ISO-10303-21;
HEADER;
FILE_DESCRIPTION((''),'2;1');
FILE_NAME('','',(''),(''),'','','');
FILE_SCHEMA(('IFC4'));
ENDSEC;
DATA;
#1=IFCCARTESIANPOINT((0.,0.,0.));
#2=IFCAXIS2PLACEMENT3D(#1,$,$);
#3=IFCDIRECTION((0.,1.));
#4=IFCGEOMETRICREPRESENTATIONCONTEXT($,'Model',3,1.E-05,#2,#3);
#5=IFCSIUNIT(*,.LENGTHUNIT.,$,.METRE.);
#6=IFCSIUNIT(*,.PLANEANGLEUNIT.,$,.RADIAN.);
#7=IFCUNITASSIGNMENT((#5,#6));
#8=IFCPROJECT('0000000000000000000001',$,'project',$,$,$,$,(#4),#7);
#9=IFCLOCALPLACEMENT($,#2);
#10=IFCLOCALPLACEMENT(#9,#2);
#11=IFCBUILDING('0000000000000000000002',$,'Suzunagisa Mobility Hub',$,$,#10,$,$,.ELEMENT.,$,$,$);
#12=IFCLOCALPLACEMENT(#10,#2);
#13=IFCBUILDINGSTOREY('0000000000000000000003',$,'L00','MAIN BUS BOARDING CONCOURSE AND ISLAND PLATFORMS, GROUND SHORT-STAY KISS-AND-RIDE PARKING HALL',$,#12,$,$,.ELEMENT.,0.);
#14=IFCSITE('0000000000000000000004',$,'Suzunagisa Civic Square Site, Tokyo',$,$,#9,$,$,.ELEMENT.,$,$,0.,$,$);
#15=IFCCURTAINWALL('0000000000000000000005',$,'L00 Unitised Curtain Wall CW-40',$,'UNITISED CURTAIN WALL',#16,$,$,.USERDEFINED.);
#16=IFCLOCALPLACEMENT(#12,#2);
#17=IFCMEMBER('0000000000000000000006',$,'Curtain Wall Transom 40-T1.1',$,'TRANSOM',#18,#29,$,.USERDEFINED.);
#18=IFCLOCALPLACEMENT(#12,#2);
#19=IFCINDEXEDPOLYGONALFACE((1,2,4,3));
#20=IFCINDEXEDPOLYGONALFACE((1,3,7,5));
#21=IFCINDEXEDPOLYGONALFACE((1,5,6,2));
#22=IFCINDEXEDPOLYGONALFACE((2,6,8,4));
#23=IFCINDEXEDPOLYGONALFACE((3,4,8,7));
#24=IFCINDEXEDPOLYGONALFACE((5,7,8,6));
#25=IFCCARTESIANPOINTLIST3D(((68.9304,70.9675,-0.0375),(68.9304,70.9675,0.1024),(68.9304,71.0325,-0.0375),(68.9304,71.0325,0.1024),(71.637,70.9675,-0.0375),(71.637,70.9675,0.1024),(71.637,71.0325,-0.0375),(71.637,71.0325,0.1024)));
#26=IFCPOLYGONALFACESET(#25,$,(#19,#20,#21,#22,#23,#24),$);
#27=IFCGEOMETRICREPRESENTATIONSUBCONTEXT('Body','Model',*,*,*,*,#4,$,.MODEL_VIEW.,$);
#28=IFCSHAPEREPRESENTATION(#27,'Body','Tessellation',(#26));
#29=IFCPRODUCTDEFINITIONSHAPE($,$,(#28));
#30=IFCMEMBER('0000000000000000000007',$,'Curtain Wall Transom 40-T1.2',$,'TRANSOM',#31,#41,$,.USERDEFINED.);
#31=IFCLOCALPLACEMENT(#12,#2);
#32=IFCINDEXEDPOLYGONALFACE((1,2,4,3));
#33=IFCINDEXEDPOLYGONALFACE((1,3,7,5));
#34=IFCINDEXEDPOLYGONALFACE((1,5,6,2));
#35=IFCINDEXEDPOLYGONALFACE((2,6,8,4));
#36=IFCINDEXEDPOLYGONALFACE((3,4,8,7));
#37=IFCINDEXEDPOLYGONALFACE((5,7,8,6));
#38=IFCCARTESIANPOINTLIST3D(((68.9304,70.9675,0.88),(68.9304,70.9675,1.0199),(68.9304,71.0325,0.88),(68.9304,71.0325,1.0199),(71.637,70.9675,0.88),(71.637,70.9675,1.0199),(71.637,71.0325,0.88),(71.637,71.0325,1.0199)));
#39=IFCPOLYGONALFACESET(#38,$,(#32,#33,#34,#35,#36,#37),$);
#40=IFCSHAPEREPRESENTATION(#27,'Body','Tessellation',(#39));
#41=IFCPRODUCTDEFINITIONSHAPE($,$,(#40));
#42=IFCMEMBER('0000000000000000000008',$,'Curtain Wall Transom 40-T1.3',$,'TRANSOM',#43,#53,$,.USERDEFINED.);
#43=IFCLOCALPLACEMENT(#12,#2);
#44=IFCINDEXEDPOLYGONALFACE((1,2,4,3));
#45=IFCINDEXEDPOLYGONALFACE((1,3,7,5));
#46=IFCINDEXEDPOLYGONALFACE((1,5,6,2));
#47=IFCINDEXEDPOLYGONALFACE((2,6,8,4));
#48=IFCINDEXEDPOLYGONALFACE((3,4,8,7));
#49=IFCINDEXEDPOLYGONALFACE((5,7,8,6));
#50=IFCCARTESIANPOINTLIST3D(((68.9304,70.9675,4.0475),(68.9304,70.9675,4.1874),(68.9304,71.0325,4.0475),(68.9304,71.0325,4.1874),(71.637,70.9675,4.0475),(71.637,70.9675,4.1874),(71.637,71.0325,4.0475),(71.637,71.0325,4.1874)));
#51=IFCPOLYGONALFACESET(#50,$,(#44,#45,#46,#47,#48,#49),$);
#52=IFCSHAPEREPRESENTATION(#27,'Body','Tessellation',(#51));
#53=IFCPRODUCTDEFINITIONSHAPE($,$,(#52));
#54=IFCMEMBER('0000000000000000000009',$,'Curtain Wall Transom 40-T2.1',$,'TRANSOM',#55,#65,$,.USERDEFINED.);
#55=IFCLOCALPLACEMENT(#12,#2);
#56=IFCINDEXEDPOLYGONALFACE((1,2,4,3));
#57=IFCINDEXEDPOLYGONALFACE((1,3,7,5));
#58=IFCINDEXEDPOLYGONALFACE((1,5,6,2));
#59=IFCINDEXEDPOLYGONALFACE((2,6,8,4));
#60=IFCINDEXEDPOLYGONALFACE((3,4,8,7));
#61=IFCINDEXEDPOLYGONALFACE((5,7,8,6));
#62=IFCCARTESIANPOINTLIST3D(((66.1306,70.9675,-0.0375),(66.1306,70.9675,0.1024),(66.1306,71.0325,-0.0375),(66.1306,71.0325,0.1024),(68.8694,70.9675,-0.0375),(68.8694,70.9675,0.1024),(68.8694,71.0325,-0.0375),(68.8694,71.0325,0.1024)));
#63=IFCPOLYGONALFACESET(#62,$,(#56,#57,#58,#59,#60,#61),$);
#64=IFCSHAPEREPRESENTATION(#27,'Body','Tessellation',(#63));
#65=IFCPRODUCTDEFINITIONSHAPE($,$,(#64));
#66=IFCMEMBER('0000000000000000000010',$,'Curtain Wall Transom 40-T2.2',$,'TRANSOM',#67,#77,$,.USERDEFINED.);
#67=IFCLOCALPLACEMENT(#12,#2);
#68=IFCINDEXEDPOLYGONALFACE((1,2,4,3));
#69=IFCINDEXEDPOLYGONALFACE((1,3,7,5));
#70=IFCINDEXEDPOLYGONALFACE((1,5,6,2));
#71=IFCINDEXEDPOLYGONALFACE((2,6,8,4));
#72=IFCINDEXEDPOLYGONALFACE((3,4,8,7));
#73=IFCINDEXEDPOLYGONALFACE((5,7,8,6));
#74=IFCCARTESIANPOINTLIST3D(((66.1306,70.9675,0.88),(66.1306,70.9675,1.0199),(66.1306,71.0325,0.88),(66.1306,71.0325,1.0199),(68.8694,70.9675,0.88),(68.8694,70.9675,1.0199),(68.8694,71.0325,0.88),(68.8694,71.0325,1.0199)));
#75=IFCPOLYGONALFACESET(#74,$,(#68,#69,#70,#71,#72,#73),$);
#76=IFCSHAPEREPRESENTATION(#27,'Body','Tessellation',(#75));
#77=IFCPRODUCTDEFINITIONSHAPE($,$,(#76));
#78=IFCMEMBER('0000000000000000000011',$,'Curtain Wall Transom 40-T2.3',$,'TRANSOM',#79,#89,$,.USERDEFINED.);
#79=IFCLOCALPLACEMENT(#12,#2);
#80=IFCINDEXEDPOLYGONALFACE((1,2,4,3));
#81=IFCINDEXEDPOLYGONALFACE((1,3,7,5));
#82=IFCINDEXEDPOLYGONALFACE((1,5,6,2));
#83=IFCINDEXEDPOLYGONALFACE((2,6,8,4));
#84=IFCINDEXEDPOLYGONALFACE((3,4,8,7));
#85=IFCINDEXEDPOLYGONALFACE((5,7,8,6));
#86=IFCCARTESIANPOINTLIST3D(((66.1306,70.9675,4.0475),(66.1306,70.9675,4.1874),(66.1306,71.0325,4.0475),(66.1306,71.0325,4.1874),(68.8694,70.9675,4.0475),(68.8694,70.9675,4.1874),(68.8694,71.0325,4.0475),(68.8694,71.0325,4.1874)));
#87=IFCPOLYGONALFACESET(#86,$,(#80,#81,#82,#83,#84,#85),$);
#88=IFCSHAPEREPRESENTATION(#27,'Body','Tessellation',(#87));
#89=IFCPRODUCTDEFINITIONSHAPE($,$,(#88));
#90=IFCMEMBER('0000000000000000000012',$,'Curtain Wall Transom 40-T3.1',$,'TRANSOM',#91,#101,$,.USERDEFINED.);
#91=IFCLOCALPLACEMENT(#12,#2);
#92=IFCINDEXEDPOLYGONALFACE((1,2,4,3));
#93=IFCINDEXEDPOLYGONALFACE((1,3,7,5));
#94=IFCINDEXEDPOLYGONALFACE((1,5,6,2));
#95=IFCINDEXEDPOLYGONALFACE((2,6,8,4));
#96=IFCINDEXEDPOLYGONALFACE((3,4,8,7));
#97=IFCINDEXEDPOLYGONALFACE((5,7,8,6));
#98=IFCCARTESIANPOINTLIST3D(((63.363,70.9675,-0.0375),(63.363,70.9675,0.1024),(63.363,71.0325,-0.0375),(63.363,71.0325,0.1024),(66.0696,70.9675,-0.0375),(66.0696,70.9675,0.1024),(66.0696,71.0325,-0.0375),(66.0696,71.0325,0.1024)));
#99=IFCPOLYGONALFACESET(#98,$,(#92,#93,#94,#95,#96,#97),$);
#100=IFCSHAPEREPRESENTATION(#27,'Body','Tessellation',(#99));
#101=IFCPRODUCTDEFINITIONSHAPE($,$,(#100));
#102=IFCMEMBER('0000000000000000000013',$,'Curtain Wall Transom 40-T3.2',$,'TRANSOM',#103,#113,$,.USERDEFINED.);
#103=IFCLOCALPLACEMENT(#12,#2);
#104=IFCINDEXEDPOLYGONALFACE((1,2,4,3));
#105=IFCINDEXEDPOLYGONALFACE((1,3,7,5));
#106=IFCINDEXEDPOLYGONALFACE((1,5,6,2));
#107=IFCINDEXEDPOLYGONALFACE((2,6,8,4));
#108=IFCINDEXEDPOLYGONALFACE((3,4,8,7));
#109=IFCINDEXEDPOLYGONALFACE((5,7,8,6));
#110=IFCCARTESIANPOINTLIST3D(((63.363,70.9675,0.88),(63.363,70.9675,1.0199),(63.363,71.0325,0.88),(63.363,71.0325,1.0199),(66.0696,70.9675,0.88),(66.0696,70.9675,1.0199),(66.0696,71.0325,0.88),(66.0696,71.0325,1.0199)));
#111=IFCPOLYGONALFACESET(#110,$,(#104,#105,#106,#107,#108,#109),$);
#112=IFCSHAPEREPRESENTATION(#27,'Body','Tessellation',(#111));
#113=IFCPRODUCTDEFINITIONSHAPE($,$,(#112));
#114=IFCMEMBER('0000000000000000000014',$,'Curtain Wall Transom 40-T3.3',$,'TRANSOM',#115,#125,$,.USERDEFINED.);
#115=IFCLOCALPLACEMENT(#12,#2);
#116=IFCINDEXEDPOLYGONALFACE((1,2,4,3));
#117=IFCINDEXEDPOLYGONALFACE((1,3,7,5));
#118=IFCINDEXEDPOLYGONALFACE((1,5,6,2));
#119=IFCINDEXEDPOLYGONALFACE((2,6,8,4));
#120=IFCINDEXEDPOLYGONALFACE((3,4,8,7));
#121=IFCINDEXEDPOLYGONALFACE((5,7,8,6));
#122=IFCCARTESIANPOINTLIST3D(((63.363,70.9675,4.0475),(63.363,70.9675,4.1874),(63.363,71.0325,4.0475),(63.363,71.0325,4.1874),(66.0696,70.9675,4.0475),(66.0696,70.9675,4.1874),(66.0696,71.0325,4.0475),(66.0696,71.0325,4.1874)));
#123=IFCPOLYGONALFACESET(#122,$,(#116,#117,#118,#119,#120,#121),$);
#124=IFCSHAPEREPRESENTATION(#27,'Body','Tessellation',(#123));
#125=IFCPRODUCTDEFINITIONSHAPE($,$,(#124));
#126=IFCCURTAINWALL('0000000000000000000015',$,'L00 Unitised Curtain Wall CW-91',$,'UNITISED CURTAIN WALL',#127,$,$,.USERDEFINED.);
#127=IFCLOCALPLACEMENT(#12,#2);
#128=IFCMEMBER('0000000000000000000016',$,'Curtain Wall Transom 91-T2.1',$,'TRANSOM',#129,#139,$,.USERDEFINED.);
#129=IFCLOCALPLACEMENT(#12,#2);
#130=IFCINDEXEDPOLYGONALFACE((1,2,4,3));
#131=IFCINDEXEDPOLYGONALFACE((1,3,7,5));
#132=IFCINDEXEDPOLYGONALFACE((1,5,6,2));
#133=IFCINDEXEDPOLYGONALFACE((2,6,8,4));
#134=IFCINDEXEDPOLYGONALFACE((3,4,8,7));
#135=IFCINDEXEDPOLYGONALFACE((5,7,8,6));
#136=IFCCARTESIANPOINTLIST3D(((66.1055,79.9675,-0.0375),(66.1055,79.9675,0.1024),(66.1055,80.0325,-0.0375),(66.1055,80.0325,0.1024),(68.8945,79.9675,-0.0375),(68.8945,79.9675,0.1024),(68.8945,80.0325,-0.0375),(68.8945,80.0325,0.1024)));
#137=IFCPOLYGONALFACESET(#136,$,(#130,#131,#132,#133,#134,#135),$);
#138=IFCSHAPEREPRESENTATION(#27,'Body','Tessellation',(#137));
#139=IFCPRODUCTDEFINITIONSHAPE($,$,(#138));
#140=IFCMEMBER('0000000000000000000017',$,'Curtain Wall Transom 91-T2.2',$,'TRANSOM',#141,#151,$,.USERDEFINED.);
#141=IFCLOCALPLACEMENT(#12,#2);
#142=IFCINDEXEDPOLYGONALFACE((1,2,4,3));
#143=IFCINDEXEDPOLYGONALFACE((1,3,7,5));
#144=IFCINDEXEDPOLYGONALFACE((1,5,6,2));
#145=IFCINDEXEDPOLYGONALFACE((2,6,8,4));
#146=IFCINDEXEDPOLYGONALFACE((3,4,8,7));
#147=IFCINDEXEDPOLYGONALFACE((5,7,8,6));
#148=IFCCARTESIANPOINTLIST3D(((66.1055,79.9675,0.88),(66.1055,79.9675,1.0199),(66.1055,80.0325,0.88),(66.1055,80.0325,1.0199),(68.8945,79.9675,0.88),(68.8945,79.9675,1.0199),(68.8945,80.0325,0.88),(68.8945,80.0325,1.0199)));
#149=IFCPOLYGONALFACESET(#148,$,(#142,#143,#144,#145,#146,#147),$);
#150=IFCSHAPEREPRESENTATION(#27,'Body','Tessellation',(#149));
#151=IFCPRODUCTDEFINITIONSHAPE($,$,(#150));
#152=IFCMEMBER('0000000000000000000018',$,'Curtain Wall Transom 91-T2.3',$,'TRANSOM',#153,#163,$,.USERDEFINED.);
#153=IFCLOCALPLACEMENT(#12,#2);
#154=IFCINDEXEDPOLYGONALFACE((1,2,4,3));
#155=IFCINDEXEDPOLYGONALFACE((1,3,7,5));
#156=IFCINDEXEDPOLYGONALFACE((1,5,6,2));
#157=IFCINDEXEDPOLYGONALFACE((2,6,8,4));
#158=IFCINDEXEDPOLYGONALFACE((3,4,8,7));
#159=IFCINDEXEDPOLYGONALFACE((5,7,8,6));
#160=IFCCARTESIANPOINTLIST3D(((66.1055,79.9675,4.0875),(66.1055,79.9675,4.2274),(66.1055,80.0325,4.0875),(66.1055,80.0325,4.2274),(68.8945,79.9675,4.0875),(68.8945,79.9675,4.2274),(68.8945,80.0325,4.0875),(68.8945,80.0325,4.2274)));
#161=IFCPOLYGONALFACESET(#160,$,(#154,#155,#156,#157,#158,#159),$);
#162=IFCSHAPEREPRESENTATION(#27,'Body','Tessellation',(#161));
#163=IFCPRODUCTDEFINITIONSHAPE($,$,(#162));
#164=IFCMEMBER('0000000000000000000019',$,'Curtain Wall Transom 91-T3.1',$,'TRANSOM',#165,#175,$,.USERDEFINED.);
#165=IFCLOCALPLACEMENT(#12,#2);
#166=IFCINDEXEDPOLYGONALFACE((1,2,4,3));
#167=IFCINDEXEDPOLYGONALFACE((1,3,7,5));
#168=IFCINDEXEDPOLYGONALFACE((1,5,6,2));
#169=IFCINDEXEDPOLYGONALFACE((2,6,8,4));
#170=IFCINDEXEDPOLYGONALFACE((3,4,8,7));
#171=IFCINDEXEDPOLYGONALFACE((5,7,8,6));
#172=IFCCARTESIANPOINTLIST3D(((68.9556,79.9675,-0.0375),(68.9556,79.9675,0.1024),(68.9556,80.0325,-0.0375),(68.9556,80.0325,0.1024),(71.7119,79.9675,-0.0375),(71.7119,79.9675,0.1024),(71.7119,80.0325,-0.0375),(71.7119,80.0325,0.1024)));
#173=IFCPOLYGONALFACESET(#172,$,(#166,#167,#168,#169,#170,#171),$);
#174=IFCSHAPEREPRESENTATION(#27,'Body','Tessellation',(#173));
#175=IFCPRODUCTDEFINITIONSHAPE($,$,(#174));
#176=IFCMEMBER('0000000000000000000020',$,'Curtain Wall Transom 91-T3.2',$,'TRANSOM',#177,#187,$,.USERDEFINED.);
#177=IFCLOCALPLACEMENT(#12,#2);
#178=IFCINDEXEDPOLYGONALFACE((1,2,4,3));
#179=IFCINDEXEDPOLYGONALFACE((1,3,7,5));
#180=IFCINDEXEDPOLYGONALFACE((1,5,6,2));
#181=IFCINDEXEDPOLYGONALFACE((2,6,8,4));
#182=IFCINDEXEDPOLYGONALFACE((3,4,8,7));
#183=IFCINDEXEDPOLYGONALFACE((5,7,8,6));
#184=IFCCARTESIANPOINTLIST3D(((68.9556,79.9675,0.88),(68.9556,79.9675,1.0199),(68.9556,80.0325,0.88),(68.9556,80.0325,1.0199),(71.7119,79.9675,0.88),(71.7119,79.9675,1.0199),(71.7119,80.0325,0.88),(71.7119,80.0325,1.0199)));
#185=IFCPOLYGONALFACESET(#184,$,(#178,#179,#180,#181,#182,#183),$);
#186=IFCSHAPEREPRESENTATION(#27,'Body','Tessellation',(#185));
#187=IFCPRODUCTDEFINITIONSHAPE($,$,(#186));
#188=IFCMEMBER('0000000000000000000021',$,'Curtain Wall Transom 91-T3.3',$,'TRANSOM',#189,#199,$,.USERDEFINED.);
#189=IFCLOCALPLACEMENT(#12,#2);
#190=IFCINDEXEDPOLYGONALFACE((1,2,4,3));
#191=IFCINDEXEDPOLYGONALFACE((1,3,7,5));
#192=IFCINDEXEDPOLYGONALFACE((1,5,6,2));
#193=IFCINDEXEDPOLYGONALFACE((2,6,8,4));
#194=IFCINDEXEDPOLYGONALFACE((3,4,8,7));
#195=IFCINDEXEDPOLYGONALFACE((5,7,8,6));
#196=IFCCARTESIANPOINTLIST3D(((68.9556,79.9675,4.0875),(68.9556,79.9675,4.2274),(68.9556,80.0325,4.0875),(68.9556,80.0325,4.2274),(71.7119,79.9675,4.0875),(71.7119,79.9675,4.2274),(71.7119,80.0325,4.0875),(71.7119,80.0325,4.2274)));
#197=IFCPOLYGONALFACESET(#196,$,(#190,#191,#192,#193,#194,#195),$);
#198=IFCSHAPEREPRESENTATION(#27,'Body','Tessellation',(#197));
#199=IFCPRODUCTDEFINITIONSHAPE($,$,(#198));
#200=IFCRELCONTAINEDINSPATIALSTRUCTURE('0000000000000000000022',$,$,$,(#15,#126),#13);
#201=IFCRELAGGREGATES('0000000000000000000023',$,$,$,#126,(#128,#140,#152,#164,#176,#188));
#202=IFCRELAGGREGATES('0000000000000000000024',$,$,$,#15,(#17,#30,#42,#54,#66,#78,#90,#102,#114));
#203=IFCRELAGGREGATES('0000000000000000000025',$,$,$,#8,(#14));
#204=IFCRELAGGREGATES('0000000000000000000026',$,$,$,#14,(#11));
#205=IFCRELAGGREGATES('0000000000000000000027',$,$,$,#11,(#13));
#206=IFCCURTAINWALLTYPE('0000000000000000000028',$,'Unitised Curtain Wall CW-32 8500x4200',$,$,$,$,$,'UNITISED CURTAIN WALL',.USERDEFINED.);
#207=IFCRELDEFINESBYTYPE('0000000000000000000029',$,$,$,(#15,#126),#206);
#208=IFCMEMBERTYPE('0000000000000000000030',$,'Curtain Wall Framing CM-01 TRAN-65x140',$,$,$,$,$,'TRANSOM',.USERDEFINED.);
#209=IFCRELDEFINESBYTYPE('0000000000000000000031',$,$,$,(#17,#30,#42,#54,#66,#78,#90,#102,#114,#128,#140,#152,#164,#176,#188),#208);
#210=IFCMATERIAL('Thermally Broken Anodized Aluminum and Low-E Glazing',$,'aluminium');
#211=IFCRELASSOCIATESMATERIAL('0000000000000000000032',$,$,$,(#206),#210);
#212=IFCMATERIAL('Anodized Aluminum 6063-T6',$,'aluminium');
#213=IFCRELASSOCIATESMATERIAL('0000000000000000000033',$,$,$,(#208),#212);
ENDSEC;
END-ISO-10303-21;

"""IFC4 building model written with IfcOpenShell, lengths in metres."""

from ifc_helpers import new_model, si_unit, direction, frame, origin, origin_2d, place, context, subcontext, project, spatial, rectangle, extrude, material, material_profile, profile_set, type_object, element, aggregate, save


model = new_model("IFC4")

# Units and contexts
model_context = context("Model", 3, precision=1e-05, world=origin(), true_north=direction((0.0, 1.0)))
body_context = subcontext(model_context, "Body", "Model", "MODEL_VIEW")
ifc_project = project(units=[si_unit("LENGTHUNIT", "METRE"), si_unit("PLANEANGLEUNIT", "RADIAN")], contexts=[model_context])

# Site, building, storey
site_placement = place(None, origin())
site = spatial("IfcSite", under=ifc_project, at=site_placement, Name="Suzunagisa Civic Square Site, Tokyo", CompositionType="ELEMENT", RefElevation=0.0)
building_placement = place(site_placement, origin())
building = spatial("IfcBuilding", under=site, at=building_placement, Name="Suzunagisa Mobility Hub", CompositionType="ELEMENT")
storey_placement = place(building_placement, origin())
storey = spatial("IfcBuildingStorey", under=building, at=storey_placement, Name="L00", Description="MAIN BUS BOARDING CONCOURSE AND ISLAND PLATFORMS, GROUND SHORT-STAY KISS-AND-RIDE PARKING HALL", CompositionType="ELEMENT", Elevation=0.0)

# Curtain walls, members
ifc_material_1 = material(Name="Thermally Broken Anodized Aluminum and Low-E Glazing", Category="aluminium")
curtain_wall_type = type_object("IfcCurtainWallType", Name="Unitised Curtain Wall CW-32 8500x4200", ElementType="UNITISED CURTAIN WALL", PredefinedType="USERDEFINED", material=ifc_material_1)
curtain_wall_1_placement = place(storey_placement, origin())
curtain_wall_1 = element("IfcCurtainWall", 1, at=curtain_wall_1_placement, inside=storey, type_object=curtain_wall_type, Name="L00 Unitised Curtain Wall CW-40", ObjectType="UNITISED CURTAIN WALL", PredefinedType="USERDEFINED")
ifc_material_2 = material(Name="Anodized Aluminum 6063-T6", Category="aluminium")
ifc_material_profile_1 = material_profile(ifc_material_2, rectangle(XDim=0.0649, YDim=0.1399, at=origin_2d()), Name="TRAN-65x140")
ifc_profile_set_1 = profile_set([ifc_material_profile_1], Name="Anodized Aluminum 6063-T6")
member_type_1 = type_object("IfcMemberType", Name="Curtain Wall Framing CM-01 TRAN-65x140", ElementType="TRANSOM", PredefinedType="USERDEFINED", material=ifc_profile_set_1)
member_1_placement = place(storey_placement, frame((71.637, 71.0, 0.0325), z_axis=(-1.0, 0.0, 0.0), x_axis=(0.0, -1.0, 0.0)))
member_1 = element("IfcMember", 2, at=member_1_placement, type_object=member_type_1, Name="Curtain Wall Transom 40-T1.1", ObjectType="TRANSOM", PredefinedType="USERDEFINED", context=body_context, shape_type="SweptSolid", body=[
    extrude(rectangle(XDim=0.0649, YDim=0.1399, at=origin_2d()), origin(), (0.0, 0.0, 1.0), 2.7065),
])
member_2_placement = place(storey_placement, frame((71.637, 71.0, 0.95), z_axis=(-1.0, 0.0, 0.0), x_axis=(0.0, -1.0, 0.0)))
member_2 = element("IfcMember", 3, at=member_2_placement, type_object=member_type_1, Name="Curtain Wall Transom 40-T1.2", ObjectType="TRANSOM", PredefinedType="USERDEFINED", context=body_context, shape_type="SweptSolid", body=[
    extrude(rectangle(XDim=0.0649, YDim=0.1399, at=origin_2d()), origin(), (0.0, 0.0, 1.0), 2.7065),
])
member_3_placement = place(storey_placement, frame((71.637, 71.0, 4.1174), z_axis=(-1.0, 0.0, 0.0), x_axis=(0.0, -1.0, 0.0)))
member_3 = element("IfcMember", 4, at=member_3_placement, type_object=member_type_1, Name="Curtain Wall Transom 40-T1.3", ObjectType="TRANSOM", PredefinedType="USERDEFINED", context=body_context, shape_type="SweptSolid", body=[
    extrude(rectangle(XDim=0.0649, YDim=0.1399, at=origin_2d()), origin(), (0.0, 0.0, 1.0), 2.7065),
])
member_4_placement = place(storey_placement, frame((68.8694, 71.0, 0.0325), z_axis=(-1.0, 0.0, 0.0), x_axis=(0.0, -1.0, 0.0)))
member_4 = element("IfcMember", 5, at=member_4_placement, type_object=member_type_1, Name="Curtain Wall Transom 40-T2.1", ObjectType="TRANSOM", PredefinedType="USERDEFINED", context=body_context, shape_type="SweptSolid", body=[
    extrude(rectangle(XDim=0.0649, YDim=0.1399, at=origin_2d()), origin(), (0.0, 0.0, 1.0), 2.7388),
])
member_5_placement = place(storey_placement, frame((68.8694, 71.0, 0.95), z_axis=(-1.0, 0.0, 0.0), x_axis=(0.0, -1.0, 0.0)))
member_5 = element("IfcMember", 6, at=member_5_placement, type_object=member_type_1, Name="Curtain Wall Transom 40-T2.2", ObjectType="TRANSOM", PredefinedType="USERDEFINED", context=body_context, shape_type="SweptSolid", body=[
    extrude(rectangle(XDim=0.0649, YDim=0.1399, at=origin_2d()), origin(), (0.0, 0.0, 1.0), 2.7388),
])
member_6_placement = place(storey_placement, frame((68.8694, 71.0, 4.1174), z_axis=(-1.0, 0.0, 0.0), x_axis=(0.0, -1.0, 0.0)))
member_6 = element("IfcMember", 7, at=member_6_placement, type_object=member_type_1, Name="Curtain Wall Transom 40-T2.3", ObjectType="TRANSOM", PredefinedType="USERDEFINED", context=body_context, shape_type="SweptSolid", body=[
    extrude(rectangle(XDim=0.0649, YDim=0.1399, at=origin_2d()), origin(), (0.0, 0.0, 1.0), 2.7388),
])
member_7_placement = place(storey_placement, frame((66.0696, 71.0, 0.0325), z_axis=(-1.0, 0.0, 0.0), x_axis=(0.0, -1.0, 0.0)))
member_7 = element("IfcMember", 8, at=member_7_placement, type_object=member_type_1, Name="Curtain Wall Transom 40-T3.1", ObjectType="TRANSOM", PredefinedType="USERDEFINED", context=body_context, shape_type="SweptSolid", body=[
    extrude(rectangle(XDim=0.0649, YDim=0.1399, at=origin_2d()), origin(), (0.0, 0.0, 1.0), 2.7065),
])
member_8_placement = place(storey_placement, frame((66.0696, 71.0, 0.95), z_axis=(-1.0, 0.0, 0.0), x_axis=(0.0, -1.0, 0.0)))
member_8 = element("IfcMember", 9, at=member_8_placement, type_object=member_type_1, Name="Curtain Wall Transom 40-T3.2", ObjectType="TRANSOM", PredefinedType="USERDEFINED", context=body_context, shape_type="SweptSolid", body=[
    extrude(rectangle(XDim=0.0649, YDim=0.1399, at=origin_2d()), origin(), (0.0, 0.0, 1.0), 2.7065),
])
member_9_placement = place(storey_placement, frame((66.0696, 71.0, 4.1174), z_axis=(-1.0, 0.0, 0.0), x_axis=(0.0, -1.0, 0.0)))
member_9 = element("IfcMember", 10, at=member_9_placement, type_object=member_type_1, Name="Curtain Wall Transom 40-T3.3", ObjectType="TRANSOM", PredefinedType="USERDEFINED", context=body_context, shape_type="SweptSolid", body=[
    extrude(rectangle(XDim=0.0649, YDim=0.1399, at=origin_2d()), origin(), (0.0, 0.0, 1.0), 2.7065),
])
curtain_wall_2_placement = place(storey_placement, origin())
curtain_wall_2 = element("IfcCurtainWall", 11, at=curtain_wall_2_placement, inside=storey, type_object=curtain_wall_type, Name="L00 Unitised Curtain Wall CW-91", ObjectType="UNITISED CURTAIN WALL", PredefinedType="USERDEFINED")
member_10_placement = place(storey_placement, frame((66.1055, 80.0, 0.0325), z_axis=(1.0, 0.0, 0.0), x_axis=(0.0, 1.0, 0.0)))
member_10 = element("IfcMember", 12, at=member_10_placement, type_object=member_type_1, Name="Curtain Wall Transom 91-T2.1", ObjectType="TRANSOM", PredefinedType="USERDEFINED", context=body_context, shape_type="SweptSolid", body=[
    extrude(rectangle(XDim=0.0649, YDim=0.1399, at=origin_2d()), origin(), (0.0, 0.0, 1.0), 2.7891),
])
member_11_placement = place(storey_placement, frame((66.1055, 80.0, 0.95), z_axis=(1.0, 0.0, 0.0), x_axis=(0.0, 1.0, 0.0)))
member_11 = element("IfcMember", 13, at=member_11_placement, type_object=member_type_1, Name="Curtain Wall Transom 91-T2.2", ObjectType="TRANSOM", PredefinedType="USERDEFINED", context=body_context, shape_type="SweptSolid", body=[
    extrude(rectangle(XDim=0.0649, YDim=0.1399, at=origin_2d()), origin(), (0.0, 0.0, 1.0), 2.7891),
])
member_12_placement = place(storey_placement, frame((66.1055, 80.0, 4.1575), z_axis=(1.0, 0.0, 0.0), x_axis=(0.0, 1.0, 0.0)))
member_12 = element("IfcMember", 14, at=member_12_placement, type_object=member_type_1, Name="Curtain Wall Transom 91-T2.3", ObjectType="TRANSOM", PredefinedType="USERDEFINED", context=body_context, shape_type="SweptSolid", body=[
    extrude(rectangle(XDim=0.0649, YDim=0.1399, at=origin_2d()), origin(), (0.0, 0.0, 1.0), 2.7891),
])
member_13_placement = place(storey_placement, frame((68.9556, 80.0, 0.0325), z_axis=(1.0, 0.0, 0.0), x_axis=(0.0, 1.0, 0.0)))
member_13 = element("IfcMember", 15, at=member_13_placement, type_object=member_type_1, Name="Curtain Wall Transom 91-T3.1", ObjectType="TRANSOM", PredefinedType="USERDEFINED", context=body_context, shape_type="SweptSolid", body=[
    extrude(rectangle(XDim=0.0649, YDim=0.1399, at=origin_2d()), origin(), (0.0, 0.0, 1.0), 2.7563),
])
member_14_placement = place(storey_placement, frame((68.9556, 80.0, 0.95), z_axis=(1.0, 0.0, 0.0), x_axis=(0.0, 1.0, 0.0)))
member_14 = element("IfcMember", 16, at=member_14_placement, type_object=member_type_1, Name="Curtain Wall Transom 91-T3.2", ObjectType="TRANSOM", PredefinedType="USERDEFINED", context=body_context, shape_type="SweptSolid", body=[
    extrude(rectangle(XDim=0.0649, YDim=0.1399, at=origin_2d()), origin(), (0.0, 0.0, 1.0), 2.7563),
])
member_15_placement = place(storey_placement, frame((68.9556, 80.0, 4.1575), z_axis=(1.0, 0.0, 0.0), x_axis=(0.0, 1.0, 0.0)))
member_15 = element("IfcMember", 17, at=member_15_placement, type_object=member_type_1, Name="Curtain Wall Transom 91-T3.3", ObjectType="TRANSOM", PredefinedType="USERDEFINED", context=body_context, shape_type="SweptSolid", body=[
    extrude(rectangle(XDim=0.0649, YDim=0.1399, at=origin_2d()), origin(), (0.0, 0.0, 1.0), 2.7563),
])

aggregate(curtain_wall_2, [member_10, member_11, member_12, member_13, member_14, member_15])
aggregate(curtain_wall_1, [member_1, member_2, member_3, member_4, member_5, member_6, member_7, member_8, member_9])

save(model, "model.ifc")
